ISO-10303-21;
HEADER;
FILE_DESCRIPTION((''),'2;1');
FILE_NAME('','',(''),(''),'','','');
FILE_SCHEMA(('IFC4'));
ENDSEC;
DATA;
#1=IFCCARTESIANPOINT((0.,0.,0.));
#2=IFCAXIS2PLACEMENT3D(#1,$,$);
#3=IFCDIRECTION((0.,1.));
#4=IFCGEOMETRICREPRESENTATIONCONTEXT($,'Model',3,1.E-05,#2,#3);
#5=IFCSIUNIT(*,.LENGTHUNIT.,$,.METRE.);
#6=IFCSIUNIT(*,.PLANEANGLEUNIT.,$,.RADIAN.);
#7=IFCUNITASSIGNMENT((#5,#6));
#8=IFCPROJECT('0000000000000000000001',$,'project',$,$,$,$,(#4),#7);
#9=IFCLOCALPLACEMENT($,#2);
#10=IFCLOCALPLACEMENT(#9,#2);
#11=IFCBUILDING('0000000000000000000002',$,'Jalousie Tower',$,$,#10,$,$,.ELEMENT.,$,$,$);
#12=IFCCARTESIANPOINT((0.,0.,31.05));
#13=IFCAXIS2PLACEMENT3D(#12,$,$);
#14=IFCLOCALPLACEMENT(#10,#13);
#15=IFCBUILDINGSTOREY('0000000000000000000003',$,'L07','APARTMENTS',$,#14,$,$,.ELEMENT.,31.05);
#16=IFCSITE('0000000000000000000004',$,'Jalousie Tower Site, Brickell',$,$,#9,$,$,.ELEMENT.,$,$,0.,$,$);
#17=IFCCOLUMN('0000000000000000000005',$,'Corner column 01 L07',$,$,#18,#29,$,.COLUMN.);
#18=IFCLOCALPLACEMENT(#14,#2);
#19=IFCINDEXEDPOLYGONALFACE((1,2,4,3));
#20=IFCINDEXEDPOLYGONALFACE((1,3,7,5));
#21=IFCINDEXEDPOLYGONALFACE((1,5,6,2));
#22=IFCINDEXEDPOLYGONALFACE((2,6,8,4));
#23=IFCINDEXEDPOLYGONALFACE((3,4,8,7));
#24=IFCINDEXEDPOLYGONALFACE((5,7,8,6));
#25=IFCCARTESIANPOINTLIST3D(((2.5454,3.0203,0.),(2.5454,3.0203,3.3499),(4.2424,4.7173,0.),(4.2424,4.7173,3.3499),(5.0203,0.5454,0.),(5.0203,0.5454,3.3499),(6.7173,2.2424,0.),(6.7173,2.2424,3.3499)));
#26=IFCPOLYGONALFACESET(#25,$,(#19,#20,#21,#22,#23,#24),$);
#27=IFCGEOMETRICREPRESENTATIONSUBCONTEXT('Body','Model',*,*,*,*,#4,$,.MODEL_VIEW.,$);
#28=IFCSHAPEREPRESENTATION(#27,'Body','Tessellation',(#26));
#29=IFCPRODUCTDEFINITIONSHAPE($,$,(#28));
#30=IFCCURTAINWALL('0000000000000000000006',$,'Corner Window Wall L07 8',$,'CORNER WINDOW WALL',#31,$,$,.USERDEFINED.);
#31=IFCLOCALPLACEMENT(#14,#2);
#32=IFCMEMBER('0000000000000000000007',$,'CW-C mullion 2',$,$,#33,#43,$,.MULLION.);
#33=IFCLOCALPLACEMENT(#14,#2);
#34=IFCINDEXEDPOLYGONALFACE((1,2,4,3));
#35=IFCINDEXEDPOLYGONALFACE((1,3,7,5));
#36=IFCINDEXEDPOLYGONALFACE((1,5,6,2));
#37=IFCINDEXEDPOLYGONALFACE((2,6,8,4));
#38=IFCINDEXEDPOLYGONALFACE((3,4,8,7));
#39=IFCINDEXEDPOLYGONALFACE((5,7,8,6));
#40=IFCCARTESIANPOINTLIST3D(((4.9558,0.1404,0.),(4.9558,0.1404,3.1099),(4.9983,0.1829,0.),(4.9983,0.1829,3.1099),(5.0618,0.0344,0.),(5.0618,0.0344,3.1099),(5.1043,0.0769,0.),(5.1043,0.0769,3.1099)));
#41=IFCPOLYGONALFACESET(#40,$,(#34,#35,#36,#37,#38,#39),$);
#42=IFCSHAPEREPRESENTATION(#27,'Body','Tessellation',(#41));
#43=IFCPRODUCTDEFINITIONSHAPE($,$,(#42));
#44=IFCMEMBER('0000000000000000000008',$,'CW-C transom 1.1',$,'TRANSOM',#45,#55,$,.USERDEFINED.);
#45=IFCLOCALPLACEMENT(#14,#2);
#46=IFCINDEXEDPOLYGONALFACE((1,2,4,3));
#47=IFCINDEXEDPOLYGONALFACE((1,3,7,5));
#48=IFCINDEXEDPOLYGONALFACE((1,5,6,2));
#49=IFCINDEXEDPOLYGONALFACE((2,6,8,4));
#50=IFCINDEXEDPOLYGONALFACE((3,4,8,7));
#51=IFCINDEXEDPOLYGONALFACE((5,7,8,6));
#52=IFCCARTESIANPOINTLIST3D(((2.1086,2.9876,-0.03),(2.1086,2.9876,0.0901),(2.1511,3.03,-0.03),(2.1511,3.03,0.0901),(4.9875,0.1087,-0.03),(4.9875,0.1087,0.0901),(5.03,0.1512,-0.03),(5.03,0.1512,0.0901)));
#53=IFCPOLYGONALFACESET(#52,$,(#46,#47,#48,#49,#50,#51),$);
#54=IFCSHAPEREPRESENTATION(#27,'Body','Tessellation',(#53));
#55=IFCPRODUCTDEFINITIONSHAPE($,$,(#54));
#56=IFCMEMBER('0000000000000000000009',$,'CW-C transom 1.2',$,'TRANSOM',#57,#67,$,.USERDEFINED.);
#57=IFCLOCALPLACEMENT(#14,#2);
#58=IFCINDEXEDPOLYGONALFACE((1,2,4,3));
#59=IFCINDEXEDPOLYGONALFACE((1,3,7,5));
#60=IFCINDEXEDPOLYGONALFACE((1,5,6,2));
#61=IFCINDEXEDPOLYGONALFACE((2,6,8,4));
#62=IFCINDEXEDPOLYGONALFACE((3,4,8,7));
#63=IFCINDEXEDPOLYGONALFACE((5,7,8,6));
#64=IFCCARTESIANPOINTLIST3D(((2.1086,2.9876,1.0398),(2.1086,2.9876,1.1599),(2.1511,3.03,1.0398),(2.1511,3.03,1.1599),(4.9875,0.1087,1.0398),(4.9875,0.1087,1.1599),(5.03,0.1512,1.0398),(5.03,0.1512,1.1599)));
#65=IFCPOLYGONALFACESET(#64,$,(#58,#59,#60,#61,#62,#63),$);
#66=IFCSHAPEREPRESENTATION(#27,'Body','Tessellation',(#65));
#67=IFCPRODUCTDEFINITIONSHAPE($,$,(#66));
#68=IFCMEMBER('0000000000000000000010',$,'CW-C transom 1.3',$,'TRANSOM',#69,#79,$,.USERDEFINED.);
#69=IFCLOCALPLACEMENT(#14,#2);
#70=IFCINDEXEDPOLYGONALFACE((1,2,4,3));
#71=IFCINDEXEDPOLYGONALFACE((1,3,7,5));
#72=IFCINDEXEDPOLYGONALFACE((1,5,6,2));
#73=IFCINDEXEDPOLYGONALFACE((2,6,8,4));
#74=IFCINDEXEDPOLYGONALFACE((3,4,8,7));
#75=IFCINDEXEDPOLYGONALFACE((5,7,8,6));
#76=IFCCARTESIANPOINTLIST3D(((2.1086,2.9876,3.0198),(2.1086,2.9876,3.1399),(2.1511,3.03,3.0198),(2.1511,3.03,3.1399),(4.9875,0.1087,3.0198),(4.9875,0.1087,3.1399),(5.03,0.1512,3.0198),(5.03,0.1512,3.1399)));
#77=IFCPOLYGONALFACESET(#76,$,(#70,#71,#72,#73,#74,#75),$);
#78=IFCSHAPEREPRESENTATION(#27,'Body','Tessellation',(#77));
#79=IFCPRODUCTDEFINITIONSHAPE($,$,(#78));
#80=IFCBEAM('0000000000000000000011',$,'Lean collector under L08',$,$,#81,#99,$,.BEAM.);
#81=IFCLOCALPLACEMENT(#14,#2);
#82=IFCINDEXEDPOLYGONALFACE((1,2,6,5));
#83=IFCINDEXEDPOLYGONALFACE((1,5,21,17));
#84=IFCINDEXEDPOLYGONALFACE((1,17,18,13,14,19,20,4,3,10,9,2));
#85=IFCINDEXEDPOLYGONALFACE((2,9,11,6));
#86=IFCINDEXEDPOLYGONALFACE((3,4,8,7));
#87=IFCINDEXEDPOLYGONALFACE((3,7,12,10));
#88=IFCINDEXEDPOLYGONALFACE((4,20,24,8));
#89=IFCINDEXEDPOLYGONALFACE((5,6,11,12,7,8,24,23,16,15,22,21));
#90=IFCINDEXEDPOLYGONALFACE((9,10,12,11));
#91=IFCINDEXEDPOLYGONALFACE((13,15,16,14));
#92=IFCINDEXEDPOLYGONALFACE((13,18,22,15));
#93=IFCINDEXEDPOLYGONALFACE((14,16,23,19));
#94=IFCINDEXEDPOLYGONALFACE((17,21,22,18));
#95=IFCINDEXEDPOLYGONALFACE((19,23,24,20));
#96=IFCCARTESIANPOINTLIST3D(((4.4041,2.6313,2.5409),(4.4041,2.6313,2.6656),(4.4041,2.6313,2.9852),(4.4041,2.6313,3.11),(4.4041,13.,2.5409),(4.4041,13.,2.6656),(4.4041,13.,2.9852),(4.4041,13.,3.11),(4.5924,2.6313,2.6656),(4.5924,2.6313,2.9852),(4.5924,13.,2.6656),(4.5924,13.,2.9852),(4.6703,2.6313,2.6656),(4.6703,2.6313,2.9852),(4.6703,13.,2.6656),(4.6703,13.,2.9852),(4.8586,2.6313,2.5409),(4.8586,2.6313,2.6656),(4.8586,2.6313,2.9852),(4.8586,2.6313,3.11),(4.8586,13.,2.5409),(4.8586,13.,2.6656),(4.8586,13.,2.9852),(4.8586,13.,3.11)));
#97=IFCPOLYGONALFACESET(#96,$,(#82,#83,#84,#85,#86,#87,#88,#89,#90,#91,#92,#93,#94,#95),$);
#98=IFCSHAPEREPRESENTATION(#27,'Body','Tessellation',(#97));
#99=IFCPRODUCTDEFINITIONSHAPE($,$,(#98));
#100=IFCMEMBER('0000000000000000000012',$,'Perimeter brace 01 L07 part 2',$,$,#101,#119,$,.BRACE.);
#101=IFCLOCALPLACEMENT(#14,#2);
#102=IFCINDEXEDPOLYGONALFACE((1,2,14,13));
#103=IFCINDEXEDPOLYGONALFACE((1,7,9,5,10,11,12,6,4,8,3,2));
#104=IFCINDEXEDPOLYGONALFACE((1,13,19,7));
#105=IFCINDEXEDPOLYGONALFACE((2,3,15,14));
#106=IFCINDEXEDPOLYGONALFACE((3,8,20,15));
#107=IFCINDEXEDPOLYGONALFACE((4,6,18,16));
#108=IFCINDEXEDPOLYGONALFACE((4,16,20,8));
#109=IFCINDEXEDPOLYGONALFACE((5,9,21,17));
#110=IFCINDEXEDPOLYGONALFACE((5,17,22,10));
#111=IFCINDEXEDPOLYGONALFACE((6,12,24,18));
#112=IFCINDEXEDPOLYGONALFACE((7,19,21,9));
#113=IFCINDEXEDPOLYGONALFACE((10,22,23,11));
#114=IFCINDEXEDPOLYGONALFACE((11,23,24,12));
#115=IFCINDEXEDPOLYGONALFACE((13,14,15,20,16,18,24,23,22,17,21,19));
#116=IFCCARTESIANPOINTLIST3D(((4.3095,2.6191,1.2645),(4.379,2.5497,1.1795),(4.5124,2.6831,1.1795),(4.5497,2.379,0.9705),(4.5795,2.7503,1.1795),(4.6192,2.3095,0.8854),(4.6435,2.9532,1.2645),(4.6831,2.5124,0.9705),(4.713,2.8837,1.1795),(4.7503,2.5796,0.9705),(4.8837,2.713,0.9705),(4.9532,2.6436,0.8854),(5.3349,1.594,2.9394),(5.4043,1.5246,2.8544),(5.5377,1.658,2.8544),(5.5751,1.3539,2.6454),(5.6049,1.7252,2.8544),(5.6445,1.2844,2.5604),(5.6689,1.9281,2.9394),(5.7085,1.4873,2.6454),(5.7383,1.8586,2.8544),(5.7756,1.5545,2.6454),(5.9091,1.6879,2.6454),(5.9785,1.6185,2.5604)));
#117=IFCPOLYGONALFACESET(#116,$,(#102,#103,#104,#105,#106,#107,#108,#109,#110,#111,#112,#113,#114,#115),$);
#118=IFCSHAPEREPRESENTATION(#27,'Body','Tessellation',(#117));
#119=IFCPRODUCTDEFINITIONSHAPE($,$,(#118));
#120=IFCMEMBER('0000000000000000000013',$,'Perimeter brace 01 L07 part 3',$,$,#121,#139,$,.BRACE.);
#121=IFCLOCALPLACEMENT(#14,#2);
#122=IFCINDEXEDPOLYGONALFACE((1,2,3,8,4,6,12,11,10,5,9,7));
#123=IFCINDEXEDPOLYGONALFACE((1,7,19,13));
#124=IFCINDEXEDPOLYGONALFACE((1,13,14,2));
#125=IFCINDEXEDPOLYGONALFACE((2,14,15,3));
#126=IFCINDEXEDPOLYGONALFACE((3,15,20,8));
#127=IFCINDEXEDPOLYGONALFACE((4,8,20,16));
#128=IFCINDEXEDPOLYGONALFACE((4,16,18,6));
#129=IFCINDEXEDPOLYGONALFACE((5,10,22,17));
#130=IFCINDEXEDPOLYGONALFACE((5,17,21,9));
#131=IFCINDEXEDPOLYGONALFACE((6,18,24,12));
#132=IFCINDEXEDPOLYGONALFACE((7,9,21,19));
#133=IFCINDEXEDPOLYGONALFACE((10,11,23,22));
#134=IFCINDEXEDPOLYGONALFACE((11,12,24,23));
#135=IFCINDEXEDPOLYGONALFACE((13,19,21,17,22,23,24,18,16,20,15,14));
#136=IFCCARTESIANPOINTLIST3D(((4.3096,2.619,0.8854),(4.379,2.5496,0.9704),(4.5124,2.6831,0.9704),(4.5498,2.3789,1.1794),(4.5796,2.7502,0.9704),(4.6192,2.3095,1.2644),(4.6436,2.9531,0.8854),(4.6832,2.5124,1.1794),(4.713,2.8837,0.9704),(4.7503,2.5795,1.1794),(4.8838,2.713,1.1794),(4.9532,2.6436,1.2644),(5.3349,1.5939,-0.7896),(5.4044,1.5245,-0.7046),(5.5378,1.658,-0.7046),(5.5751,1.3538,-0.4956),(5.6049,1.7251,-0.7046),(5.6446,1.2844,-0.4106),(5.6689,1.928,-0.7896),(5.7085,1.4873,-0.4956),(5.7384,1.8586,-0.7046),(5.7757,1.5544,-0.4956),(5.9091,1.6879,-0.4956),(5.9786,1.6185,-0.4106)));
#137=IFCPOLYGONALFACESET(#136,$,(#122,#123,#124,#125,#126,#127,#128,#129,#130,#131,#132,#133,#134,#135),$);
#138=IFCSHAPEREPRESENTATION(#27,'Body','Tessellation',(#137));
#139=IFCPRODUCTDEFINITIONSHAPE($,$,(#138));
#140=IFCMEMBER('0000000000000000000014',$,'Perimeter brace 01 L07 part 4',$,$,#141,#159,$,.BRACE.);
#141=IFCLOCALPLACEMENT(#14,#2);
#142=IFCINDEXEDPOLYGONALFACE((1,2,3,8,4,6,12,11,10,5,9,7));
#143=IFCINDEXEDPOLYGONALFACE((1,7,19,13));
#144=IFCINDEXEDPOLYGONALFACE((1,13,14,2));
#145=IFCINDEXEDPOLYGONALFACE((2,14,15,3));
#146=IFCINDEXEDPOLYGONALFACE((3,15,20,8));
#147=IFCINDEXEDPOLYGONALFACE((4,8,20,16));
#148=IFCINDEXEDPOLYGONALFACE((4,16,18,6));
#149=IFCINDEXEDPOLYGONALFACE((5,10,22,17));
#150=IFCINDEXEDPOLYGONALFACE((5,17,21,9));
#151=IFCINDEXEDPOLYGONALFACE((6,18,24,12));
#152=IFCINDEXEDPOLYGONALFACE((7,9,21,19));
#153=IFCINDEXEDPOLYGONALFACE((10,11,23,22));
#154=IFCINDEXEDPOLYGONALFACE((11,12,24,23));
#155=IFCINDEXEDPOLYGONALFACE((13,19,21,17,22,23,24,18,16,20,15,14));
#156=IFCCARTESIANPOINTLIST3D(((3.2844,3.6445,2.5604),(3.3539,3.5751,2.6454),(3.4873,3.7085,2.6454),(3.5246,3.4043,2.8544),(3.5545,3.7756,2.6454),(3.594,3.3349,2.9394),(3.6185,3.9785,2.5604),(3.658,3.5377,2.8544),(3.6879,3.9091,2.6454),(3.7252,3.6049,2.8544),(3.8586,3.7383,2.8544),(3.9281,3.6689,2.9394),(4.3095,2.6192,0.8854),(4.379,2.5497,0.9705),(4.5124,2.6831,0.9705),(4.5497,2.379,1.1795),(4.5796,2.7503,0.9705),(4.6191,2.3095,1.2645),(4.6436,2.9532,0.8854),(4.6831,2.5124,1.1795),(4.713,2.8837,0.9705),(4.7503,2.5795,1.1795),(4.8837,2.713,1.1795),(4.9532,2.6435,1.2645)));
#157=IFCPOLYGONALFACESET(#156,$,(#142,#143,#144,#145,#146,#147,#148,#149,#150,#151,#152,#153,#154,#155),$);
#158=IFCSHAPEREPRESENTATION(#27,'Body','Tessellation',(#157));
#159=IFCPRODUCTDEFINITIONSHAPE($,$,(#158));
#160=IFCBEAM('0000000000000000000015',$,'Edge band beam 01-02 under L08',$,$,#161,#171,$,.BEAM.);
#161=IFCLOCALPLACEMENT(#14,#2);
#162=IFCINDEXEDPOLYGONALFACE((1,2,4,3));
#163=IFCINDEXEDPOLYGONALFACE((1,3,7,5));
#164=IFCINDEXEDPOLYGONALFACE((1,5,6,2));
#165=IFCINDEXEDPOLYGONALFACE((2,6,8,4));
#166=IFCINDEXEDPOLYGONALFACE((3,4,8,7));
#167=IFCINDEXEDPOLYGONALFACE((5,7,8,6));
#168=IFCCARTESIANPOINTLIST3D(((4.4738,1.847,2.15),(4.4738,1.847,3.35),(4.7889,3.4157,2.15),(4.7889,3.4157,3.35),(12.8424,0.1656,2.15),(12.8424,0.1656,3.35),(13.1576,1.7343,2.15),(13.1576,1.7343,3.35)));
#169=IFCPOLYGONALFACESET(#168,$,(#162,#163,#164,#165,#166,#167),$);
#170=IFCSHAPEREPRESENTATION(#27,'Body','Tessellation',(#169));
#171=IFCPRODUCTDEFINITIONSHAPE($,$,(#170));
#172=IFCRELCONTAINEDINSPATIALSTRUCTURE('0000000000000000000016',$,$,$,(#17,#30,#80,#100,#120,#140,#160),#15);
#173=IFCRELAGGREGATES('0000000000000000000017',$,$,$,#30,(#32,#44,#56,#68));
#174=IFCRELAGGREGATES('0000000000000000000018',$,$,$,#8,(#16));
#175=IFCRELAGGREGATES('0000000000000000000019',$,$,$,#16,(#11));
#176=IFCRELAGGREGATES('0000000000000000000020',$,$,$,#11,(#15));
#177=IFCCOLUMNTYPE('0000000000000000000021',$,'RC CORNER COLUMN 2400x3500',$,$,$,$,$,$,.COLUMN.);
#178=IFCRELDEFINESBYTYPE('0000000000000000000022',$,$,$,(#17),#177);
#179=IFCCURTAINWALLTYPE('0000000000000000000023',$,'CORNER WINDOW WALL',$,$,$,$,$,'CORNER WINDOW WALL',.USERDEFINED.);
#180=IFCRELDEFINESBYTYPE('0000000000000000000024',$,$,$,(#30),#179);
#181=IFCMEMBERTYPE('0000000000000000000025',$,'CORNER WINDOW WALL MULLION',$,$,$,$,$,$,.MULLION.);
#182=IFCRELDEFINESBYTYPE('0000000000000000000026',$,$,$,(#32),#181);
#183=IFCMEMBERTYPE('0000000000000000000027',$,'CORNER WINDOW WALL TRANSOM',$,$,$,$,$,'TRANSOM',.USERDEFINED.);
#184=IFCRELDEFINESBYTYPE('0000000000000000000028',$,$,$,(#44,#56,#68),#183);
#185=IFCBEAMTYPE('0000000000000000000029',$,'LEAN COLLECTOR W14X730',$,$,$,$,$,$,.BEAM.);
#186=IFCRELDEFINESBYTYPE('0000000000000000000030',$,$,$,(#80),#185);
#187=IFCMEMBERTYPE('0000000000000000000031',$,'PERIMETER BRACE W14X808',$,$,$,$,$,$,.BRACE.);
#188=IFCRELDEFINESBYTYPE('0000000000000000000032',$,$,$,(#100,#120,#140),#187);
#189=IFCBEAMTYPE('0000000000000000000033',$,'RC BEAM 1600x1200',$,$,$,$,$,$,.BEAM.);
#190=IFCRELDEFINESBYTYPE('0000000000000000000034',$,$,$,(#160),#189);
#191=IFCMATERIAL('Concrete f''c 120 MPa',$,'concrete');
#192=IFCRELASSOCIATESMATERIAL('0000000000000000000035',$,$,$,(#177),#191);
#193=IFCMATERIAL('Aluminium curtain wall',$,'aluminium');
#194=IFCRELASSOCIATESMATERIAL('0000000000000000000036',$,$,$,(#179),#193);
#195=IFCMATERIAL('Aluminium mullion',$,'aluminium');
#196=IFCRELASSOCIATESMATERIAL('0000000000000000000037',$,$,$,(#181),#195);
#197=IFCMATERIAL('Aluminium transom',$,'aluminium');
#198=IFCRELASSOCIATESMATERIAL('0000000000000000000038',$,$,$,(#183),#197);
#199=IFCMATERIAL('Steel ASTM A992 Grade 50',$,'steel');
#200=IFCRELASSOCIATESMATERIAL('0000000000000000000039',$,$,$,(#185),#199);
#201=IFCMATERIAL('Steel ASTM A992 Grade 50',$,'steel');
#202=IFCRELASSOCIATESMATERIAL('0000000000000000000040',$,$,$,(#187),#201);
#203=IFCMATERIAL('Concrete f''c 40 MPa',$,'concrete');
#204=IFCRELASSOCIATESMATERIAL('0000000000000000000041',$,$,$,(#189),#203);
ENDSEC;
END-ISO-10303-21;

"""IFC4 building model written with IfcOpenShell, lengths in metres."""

from ifc_helpers import new_model, si_unit, direction, frame, origin, origin_2d, place, context, subcontext, project, spatial, rectangle, i_section, extrude, material, material_profile, profile_set, type_object, element, aggregate, save


model = new_model("IFC4")

# Units and contexts
model_context = context("Model", 3, precision=1e-05, world=origin(), true_north=direction((0.0, 1.0)))
body_context = subcontext(model_context, "Body", "Model", "MODEL_VIEW")
ifc_project = project(units=[si_unit("LENGTHUNIT", "METRE"), si_unit("PLANEANGLEUNIT", "RADIAN")], contexts=[model_context])

# Site, building, storey
site_placement = place(None, origin())
site = spatial("IfcSite", under=ifc_project, at=site_placement, Name="Jalousie Tower Site, Brickell", CompositionType="ELEMENT", RefElevation=0.0)
building_placement = place(site_placement, origin())
building = spatial("IfcBuilding", under=site, at=building_placement, Name="Jalousie Tower", CompositionType="ELEMENT")
storey_placement = place(building_placement, frame((0.0, 0.0, 31.05)))
storey = spatial("IfcBuildingStorey", under=building, at=storey_placement, Name="L07", Description="APARTMENTS", CompositionType="ELEMENT", Elevation=31.05)

# Column
ifc_material_1 = material(Name="Concrete f'c 120 MPa", Category="concrete")
ifc_material_profile_1 = material_profile(ifc_material_1, rectangle(XDim=2.3999, YDim=3.5, at=origin_2d()), Name="RC 2400x3500")
ifc_profile_set_1 = profile_set([ifc_material_profile_1], Name="Concrete f'c 120 MPa")
column_type = type_object("IfcColumnType", Name="RC CORNER COLUMN 2400x3500", PredefinedType="COLUMN", material=ifc_profile_set_1)
column_placement = place(storey_placement, frame((4.6313, 2.6313, 0.0), z_axis=(0.0, 0.0, 1.0), x_axis=(0.707107, 0.707107, 0.0)))
element("IfcColumn", 1, at=column_placement, inside=storey, type_object=column_type, Name="Corner column 01 L07", PredefinedType="COLUMN", context=body_context, shape_type="SweptSolid", body=[
    extrude(rectangle(XDim=2.3999, YDim=3.5, at=origin_2d()), origin(), (0.0, 0.0, 1.0), 3.3499),
])

# Curtain wall, members
ifc_material_2 = material(Name="Aluminium curtain wall", Category="aluminium")
curtain_wall_type_1 = type_object("IfcCurtainWallType", Name="CORNER WINDOW WALL", ElementType="CORNER WINDOW WALL", PredefinedType="USERDEFINED", material=ifc_material_2)
curtain_wall_1_placement = place(storey_placement, origin())
curtain_wall_1 = element("IfcCurtainWall", 2, at=curtain_wall_1_placement, inside=storey, type_object=curtain_wall_type_1, Name="Corner Window Wall L07 8", ObjectType="CORNER WINDOW WALL", PredefinedType="USERDEFINED")
ifc_material_3 = material(Name="Aluminium mullion", Category="aluminium")
ifc_material_profile_2 = material_profile(ifc_material_3, rectangle(XDim=0.0601, YDim=0.1499, at=origin_2d()), Name="MULLION 60x150")
ifc_profile_set_2 = profile_set([ifc_material_profile_2], Name="Aluminium mullion")
member_type_1 = type_object("IfcMemberType", Name="CORNER WINDOW WALL MULLION", PredefinedType="MULLION", material=ifc_profile_set_2)
member_1_placement = place(storey_placement, frame((5.03, 0.1086, 0.0), z_axis=(0.0, 0.0, 1.0), x_axis=(0.707107, 0.707107, 0.0)))
member_1 = element("IfcMember", 3, at=member_1_placement, type_object=member_type_1, Name="CW-C mullion 2", PredefinedType="MULLION", context=body_context, shape_type="SweptSolid", body=[
    extrude(rectangle(XDim=0.0601, YDim=0.1499, at=origin_2d()), origin(), (0.0, 0.0, 1.0), 3.1099),
])
ifc_material_4 = material(Name="Aluminium transom", Category="aluminium")
ifc_material_profile_3 = material_profile(ifc_material_4, rectangle(XDim=0.0601, YDim=0.1201, at=origin_2d()), Name="TRANSOM 60x120")
ifc_profile_set_3 = profile_set([ifc_material_profile_3], Name="Aluminium transom")
member_type_2 = type_object("IfcMemberType", Name="CORNER WINDOW WALL TRANSOM", ElementType="TRANSOM", PredefinedType="USERDEFINED", material=ifc_profile_set_3)
member_2_placement = place(storey_placement, frame((2.1299, 3.0088, 0.03), z_axis=(0.707107, -0.707107, 0.0), x_axis=(0.707107, 0.707107, 0.0)))
member_2 = element("IfcMember", 4, at=member_2_placement, type_object=member_type_2, Name="CW-C transom 1.1", ObjectType="TRANSOM", PredefinedType="USERDEFINED", context=body_context, shape_type="SweptSolid", body=[
    extrude(rectangle(XDim=0.0601, YDim=0.1201, at=origin_2d()), origin(), (0.0, 0.0, 1.0), 4.0713),
])
member_3_placement = place(storey_placement, frame((2.1299, 3.0088, 1.0999), z_axis=(0.707107, -0.707107, 0.0), x_axis=(0.707107, 0.707107, 0.0)))
member_3 = element("IfcMember", 5, at=member_3_placement, type_object=member_type_2, Name="CW-C transom 1.2", ObjectType="TRANSOM", PredefinedType="USERDEFINED", context=body_context, shape_type="SweptSolid", body=[
    extrude(rectangle(XDim=0.0601, YDim=0.1201, at=origin_2d()), origin(), (0.0, 0.0, 1.0), 4.0713),
])
member_4_placement = place(storey_placement, frame((2.1299, 3.0088, 3.0798), z_axis=(0.707107, -0.707107, 0.0), x_axis=(0.707107, 0.707107, 0.0)))
member_4 = element("IfcMember", 6, at=member_4_placement, type_object=member_type_2, Name="CW-C transom 1.3", ObjectType="TRANSOM", PredefinedType="USERDEFINED", context=body_context, shape_type="SweptSolid", body=[
    extrude(rectangle(XDim=0.0601, YDim=0.1201, at=origin_2d()), origin(), (0.0, 0.0, 1.0), 4.0713),
])

# Beam
ifc_material_5 = material(Name="Steel ASTM A992 Grade 50", Category="steel")
ifc_material_profile_4 = material_profile(ifc_material_5, i_section(OverallWidth=0.4546, OverallDepth=0.5691, WebThickness=0.0779, FlangeThickness=0.1248, at=origin_2d()), Name="W14X730")
ifc_profile_set_4 = profile_set([ifc_material_profile_4], Name="Steel ASTM A992 Grade 50")
beam_type_1 = type_object("IfcBeamType", Name="LEAN COLLECTOR W14X730", PredefinedType="BEAM", material=ifc_profile_set_4)
beam_1_placement = place(storey_placement, frame((4.6313, 2.6313, 2.8254), z_axis=(0.0, 1.0, 0.0), x_axis=(-1.0, 0.0, 0.0)))
element("IfcBeam", 7, at=beam_1_placement, inside=storey, type_object=beam_type_1, Name="Lean collector under L08", PredefinedType="BEAM", context=body_context, shape_type="SweptSolid", body=[
    extrude(i_section(OverallWidth=0.4546, OverallDepth=0.5691, WebThickness=0.0779, FlangeThickness=0.1248, at=origin_2d()), origin(), (0.0, 0.0, 1.0), 10.3687),
])

# Members
ifc_material_6 = material(Name="Steel ASTM A992 Grade 50", Category="steel")
ifc_material_profile_5 = material_profile(ifc_material_6, i_section(OverallWidth=0.4724, OverallDepth=0.5791, WebThickness=0.095, FlangeThickness=0.1299, at=origin_2d()), Name="W14X808")
ifc_profile_set_5 = profile_set([ifc_material_profile_5], Name="Steel ASTM A992 Grade 50")
member_type_3 = type_object("IfcMemberType", Name="PERIMETER BRACE W14X808", PredefinedType="BRACE", material=ifc_profile_set_5)
for number, where, z_axis, x_axis, name in (
    (8, (4.6313, 2.6313, 1.075), (0.46284, -0.46273, 0.756082), (0.707023, 0.707191, 0.0), "Perimeter brace 01 L07 part 2"),
    (9, (5.6567, 1.6062, -0.6001), (-0.46284, 0.46273, 0.756082), (-0.707023, -0.707191, 0.0), "Perimeter brace 01 L07 part 3"),
    (10, (4.6313, 2.6313, 1.075), (-0.46273, 0.46284, 0.756082), (-0.707191, -0.707023, 0.0), "Perimeter brace 01 L07 part 4"),
):
    element("IfcMember", number, at=place(storey_placement, frame(where, z_axis=z_axis, x_axis=x_axis)), inside=storey, type_object=member_type_3, Name=name, PredefinedType="BRACE", context=body_context, shape_type="SweptSolid", body=[
        extrude(i_section(OverallWidth=0.4724, OverallDepth=0.5791, WebThickness=0.095, FlangeThickness=0.1299, at=origin_2d()), origin(), (0.0, 0.0, 1.0), 2.2153),
    ])

# Beam
ifc_material_7 = material(Name="Concrete f'c 40 MPa", Category="concrete")
ifc_material_profile_6 = material_profile(ifc_material_7, rectangle(XDim=1.6001, YDim=1.2, at=origin_2d()), Name="RC 1600x1200")
ifc_profile_set_6 = profile_set([ifc_material_profile_6], Name="Concrete f'c 40 MPa")
beam_type_2 = type_object("IfcBeamType", Name="RC BEAM 1600x1200", PredefinedType="BEAM", material=ifc_profile_set_6)
beam_2_placement = place(storey_placement, frame((4.6313, 2.6313, 2.75), z_axis=(0.980408, -0.19698, 0.0), x_axis=(0.19698, 0.980408, 0.0)))
element("IfcBeam", 11, at=beam_2_placement, inside=storey, type_object=beam_type_2, Name="Edge band beam 01-02 under L08", PredefinedType="BEAM", context=body_context, shape_type="SweptSolid", body=[
    extrude(rectangle(XDim=1.6001, YDim=1.2, at=origin_2d()), origin(), (0.0, 0.0, 1.0), 8.5359),
])

aggregate(curtain_wall_1, [member_1, member_2, member_3, member_4])

save(model, "model.ifc")
